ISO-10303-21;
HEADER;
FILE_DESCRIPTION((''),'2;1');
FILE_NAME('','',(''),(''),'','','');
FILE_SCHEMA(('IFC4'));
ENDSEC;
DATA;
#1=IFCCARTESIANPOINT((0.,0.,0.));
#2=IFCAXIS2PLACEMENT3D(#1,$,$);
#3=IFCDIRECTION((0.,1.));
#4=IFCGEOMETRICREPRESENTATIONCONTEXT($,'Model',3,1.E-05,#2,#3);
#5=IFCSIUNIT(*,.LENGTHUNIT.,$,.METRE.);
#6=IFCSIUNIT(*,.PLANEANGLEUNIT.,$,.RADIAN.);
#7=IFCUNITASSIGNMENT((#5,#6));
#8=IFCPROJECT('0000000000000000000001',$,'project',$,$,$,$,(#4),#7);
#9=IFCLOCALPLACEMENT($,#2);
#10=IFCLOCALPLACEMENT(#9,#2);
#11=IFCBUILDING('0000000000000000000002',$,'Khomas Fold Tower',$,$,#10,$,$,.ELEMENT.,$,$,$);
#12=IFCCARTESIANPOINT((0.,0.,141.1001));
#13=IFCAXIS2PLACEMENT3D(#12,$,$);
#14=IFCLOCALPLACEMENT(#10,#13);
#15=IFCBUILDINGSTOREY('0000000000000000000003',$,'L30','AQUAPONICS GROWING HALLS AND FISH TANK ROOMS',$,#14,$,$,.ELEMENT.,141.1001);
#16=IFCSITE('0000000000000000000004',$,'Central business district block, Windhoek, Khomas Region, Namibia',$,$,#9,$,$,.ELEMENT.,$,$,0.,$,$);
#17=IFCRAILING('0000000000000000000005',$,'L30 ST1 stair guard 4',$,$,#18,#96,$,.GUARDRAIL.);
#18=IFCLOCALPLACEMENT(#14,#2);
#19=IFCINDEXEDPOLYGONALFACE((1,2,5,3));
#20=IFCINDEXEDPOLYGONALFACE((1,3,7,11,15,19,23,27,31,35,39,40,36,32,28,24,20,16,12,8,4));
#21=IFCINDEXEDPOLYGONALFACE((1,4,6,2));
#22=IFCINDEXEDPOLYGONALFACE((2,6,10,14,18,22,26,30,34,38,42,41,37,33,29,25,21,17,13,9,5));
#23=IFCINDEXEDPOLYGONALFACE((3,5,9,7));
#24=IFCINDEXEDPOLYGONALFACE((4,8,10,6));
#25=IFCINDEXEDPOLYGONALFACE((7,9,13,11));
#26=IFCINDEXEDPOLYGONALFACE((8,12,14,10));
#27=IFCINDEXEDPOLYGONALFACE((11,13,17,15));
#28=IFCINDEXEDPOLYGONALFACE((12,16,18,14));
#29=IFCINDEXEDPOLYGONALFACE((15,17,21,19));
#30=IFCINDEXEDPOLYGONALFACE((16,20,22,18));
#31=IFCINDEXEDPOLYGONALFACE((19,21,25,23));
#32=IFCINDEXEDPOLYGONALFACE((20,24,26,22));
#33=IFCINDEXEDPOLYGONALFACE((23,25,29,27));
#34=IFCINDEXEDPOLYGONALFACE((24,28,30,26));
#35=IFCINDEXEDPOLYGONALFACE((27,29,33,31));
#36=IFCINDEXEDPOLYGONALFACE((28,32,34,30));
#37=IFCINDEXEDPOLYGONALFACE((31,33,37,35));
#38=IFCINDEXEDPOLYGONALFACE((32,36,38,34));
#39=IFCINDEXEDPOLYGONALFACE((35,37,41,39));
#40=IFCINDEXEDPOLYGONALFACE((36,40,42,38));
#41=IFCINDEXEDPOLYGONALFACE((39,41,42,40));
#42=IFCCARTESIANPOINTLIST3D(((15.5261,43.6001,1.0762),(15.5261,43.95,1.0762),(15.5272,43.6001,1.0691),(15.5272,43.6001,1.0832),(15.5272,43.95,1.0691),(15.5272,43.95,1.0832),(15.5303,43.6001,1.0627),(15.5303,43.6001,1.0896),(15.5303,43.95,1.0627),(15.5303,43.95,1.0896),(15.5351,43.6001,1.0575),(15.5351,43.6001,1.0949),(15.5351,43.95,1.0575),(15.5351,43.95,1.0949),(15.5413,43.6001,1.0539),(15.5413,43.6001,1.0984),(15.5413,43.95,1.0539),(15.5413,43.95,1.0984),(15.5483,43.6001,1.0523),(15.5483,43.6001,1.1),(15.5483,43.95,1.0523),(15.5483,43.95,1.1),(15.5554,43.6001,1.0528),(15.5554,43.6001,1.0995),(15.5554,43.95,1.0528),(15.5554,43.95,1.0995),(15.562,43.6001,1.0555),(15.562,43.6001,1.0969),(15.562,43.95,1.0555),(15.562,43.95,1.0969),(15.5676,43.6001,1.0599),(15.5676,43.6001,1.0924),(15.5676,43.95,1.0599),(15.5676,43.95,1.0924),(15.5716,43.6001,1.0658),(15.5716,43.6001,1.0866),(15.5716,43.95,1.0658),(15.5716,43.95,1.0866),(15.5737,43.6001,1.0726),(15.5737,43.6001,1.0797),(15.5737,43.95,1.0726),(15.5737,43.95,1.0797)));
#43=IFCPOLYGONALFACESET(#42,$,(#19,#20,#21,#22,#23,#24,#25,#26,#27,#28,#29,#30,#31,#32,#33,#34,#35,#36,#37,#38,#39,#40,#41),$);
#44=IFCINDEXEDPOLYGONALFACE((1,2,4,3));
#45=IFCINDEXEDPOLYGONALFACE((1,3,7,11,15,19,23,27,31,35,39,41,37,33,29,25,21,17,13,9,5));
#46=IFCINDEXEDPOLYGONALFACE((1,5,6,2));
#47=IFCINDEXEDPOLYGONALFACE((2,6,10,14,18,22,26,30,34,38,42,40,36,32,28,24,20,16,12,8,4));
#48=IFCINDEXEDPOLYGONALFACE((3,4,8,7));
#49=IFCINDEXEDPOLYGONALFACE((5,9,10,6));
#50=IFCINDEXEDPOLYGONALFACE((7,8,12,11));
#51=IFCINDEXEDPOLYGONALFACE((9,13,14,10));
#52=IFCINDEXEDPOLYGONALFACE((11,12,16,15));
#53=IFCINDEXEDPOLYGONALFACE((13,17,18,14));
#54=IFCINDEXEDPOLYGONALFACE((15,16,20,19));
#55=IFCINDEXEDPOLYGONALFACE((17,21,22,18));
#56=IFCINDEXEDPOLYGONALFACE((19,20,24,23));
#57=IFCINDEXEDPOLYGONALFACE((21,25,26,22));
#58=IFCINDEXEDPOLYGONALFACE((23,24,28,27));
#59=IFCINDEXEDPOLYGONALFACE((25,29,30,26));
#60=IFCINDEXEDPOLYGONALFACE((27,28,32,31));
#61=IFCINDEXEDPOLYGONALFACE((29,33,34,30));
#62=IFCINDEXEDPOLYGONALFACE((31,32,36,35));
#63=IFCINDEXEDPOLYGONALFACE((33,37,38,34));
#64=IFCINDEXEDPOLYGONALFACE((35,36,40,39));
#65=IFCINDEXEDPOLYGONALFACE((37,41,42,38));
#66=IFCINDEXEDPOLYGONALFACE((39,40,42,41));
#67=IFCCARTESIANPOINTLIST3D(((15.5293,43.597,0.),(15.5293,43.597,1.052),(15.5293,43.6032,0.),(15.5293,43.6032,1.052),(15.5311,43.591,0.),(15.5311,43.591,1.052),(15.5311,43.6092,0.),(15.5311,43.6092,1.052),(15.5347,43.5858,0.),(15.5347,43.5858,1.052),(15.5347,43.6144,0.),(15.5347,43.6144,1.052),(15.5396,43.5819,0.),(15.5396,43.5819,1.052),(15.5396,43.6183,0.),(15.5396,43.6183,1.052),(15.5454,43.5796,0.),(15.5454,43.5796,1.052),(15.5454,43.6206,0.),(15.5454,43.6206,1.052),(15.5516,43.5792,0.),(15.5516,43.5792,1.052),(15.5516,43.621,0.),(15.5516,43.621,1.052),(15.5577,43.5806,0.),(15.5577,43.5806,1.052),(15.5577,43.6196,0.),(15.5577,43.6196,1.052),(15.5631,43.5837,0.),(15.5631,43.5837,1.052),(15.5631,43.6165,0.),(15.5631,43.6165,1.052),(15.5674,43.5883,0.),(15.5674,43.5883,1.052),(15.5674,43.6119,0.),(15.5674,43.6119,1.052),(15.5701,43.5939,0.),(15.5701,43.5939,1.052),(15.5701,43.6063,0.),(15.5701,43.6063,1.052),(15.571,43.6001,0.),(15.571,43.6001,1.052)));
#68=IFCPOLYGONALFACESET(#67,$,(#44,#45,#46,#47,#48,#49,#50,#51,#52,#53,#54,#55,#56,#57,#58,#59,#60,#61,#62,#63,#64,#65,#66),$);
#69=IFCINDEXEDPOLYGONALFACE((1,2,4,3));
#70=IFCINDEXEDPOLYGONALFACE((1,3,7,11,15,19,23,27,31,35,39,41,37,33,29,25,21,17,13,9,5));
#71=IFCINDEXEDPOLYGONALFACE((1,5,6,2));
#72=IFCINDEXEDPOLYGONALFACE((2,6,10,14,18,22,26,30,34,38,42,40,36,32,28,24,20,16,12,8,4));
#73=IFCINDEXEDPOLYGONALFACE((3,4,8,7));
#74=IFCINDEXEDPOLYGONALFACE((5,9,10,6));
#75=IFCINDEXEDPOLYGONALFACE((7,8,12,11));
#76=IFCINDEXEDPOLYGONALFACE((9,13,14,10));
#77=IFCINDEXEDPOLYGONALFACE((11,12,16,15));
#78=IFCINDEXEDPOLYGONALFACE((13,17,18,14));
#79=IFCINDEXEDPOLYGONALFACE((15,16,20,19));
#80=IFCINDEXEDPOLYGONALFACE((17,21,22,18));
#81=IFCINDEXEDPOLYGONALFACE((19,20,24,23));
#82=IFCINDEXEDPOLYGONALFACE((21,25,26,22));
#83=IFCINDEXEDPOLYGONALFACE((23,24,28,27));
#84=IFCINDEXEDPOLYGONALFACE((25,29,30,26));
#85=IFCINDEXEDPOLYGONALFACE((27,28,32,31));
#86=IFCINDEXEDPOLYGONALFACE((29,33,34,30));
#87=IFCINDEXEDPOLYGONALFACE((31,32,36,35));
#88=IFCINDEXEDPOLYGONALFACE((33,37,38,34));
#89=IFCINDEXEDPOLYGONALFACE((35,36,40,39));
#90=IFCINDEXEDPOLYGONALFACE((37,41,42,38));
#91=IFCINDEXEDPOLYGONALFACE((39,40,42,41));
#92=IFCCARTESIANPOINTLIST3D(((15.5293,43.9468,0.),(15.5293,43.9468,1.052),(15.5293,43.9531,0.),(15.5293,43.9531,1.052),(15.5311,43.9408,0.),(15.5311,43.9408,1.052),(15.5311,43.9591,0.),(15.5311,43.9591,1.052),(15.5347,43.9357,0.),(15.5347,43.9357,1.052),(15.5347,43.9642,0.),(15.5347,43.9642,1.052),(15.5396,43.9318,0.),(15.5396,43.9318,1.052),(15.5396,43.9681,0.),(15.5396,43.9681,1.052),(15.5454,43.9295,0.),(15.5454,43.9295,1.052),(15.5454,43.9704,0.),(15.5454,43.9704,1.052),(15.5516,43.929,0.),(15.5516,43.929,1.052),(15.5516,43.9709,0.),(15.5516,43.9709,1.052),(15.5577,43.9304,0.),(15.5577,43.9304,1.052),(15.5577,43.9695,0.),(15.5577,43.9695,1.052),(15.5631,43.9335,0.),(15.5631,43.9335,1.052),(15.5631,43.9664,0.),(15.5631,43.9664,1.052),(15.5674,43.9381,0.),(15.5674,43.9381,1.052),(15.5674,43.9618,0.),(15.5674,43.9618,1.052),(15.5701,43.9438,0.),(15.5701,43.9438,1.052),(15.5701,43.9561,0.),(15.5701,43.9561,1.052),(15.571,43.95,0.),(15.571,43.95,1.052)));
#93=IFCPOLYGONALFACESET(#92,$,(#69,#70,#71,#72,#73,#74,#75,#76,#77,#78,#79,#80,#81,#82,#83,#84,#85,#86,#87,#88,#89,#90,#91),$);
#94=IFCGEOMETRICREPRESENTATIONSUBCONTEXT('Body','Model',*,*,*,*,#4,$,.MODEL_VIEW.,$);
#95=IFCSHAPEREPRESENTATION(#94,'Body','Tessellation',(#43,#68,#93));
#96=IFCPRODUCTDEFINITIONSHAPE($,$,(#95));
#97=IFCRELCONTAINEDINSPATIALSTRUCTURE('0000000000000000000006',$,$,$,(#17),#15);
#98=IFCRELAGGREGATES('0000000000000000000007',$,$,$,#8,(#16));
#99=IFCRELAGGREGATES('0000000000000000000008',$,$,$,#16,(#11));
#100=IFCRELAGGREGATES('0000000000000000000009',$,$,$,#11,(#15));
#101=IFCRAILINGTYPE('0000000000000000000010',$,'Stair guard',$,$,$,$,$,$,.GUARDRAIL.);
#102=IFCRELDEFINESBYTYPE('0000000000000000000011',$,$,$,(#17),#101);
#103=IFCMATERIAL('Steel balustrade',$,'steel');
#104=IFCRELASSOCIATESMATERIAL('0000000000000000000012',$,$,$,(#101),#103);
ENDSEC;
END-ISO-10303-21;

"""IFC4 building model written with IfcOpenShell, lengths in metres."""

from ifc_helpers import new_model, si_unit, direction, frame, origin, origin_2d, place, context, subcontext, project, spatial, circle, extrude, source, transform, mapped, material, type_object, element, save


model = new_model("IFC4")

# Units and contexts
model_context = context("Model", 3, precision=1e-05, world=origin(), true_north=direction((0.0, 1.0)))
body_context = subcontext(model_context, "Body", "Model", "MODEL_VIEW")
ifc_project = project(units=[si_unit("LENGTHUNIT", "METRE"), si_unit("PLANEANGLEUNIT", "RADIAN")], contexts=[model_context])

# Site, building, storey
site_placement = place(None, origin())
site = spatial("IfcSite", under=ifc_project, at=site_placement, Name="Central business district block, Windhoek, Khomas Region, Namibia", CompositionType="ELEMENT", RefElevation=0.0)
building_placement = place(site_placement, origin())
building = spatial("IfcBuilding", under=site, at=building_placement, Name="Khomas Fold Tower", CompositionType="ELEMENT")
storey_placement = place(building_placement, frame((0.0, 0.0, 141.1001)))
storey = spatial("IfcBuildingStorey", under=building, at=storey_placement, Name="L30", Description="AQUAPONICS GROWING HALLS AND FISH TANK ROOMS", CompositionType="ELEMENT", Elevation=141.1001)

# Railing
ifc_material_1 = material(Name="Steel balustrade", Category="steel")
railing_type_1 = type_object("IfcRailingType", Name="Stair guard", PredefinedType="GUARDRAIL", material=ifc_material_1)
shared_shape_1 = source(origin(), body_context, "Body", "SweptSolid", [
    extrude(circle(Radius=0.0239, at=origin_2d()), frame((0.0, 0.0, 1.0762), z_axis=(0.0, 1.0, 0.0), x_axis=(-1.0, 0.0, 0.0)), (0.0, 0.0, 1.0), 0.3499),
    extrude(circle(Radius=0.021, at=origin_2d()), origin(), (0.0, 0.0, 1.0), 1.052),
    extrude(circle(Radius=0.021, at=origin_2d()), frame((0.0, 0.3499, 0.0)), (0.0, 0.0, 1.0), 1.052),
])
for number, where, name in (
    (1, (15.55, 43.6001, 0.0), "L30 ST1 stair guard 4"),
):
    element("IfcRailing", number, at=place(storey_placement, frame(where)), inside=storey, type_object=railing_type_1, Name=name, PredefinedType="GUARDRAIL", context=body_context, shape_type="MappedRepresentation", body=[
        mapped(shared_shape_1, transform((0.0, 0.0, 0.0))),
    ])

save(model, "model.ifc")
